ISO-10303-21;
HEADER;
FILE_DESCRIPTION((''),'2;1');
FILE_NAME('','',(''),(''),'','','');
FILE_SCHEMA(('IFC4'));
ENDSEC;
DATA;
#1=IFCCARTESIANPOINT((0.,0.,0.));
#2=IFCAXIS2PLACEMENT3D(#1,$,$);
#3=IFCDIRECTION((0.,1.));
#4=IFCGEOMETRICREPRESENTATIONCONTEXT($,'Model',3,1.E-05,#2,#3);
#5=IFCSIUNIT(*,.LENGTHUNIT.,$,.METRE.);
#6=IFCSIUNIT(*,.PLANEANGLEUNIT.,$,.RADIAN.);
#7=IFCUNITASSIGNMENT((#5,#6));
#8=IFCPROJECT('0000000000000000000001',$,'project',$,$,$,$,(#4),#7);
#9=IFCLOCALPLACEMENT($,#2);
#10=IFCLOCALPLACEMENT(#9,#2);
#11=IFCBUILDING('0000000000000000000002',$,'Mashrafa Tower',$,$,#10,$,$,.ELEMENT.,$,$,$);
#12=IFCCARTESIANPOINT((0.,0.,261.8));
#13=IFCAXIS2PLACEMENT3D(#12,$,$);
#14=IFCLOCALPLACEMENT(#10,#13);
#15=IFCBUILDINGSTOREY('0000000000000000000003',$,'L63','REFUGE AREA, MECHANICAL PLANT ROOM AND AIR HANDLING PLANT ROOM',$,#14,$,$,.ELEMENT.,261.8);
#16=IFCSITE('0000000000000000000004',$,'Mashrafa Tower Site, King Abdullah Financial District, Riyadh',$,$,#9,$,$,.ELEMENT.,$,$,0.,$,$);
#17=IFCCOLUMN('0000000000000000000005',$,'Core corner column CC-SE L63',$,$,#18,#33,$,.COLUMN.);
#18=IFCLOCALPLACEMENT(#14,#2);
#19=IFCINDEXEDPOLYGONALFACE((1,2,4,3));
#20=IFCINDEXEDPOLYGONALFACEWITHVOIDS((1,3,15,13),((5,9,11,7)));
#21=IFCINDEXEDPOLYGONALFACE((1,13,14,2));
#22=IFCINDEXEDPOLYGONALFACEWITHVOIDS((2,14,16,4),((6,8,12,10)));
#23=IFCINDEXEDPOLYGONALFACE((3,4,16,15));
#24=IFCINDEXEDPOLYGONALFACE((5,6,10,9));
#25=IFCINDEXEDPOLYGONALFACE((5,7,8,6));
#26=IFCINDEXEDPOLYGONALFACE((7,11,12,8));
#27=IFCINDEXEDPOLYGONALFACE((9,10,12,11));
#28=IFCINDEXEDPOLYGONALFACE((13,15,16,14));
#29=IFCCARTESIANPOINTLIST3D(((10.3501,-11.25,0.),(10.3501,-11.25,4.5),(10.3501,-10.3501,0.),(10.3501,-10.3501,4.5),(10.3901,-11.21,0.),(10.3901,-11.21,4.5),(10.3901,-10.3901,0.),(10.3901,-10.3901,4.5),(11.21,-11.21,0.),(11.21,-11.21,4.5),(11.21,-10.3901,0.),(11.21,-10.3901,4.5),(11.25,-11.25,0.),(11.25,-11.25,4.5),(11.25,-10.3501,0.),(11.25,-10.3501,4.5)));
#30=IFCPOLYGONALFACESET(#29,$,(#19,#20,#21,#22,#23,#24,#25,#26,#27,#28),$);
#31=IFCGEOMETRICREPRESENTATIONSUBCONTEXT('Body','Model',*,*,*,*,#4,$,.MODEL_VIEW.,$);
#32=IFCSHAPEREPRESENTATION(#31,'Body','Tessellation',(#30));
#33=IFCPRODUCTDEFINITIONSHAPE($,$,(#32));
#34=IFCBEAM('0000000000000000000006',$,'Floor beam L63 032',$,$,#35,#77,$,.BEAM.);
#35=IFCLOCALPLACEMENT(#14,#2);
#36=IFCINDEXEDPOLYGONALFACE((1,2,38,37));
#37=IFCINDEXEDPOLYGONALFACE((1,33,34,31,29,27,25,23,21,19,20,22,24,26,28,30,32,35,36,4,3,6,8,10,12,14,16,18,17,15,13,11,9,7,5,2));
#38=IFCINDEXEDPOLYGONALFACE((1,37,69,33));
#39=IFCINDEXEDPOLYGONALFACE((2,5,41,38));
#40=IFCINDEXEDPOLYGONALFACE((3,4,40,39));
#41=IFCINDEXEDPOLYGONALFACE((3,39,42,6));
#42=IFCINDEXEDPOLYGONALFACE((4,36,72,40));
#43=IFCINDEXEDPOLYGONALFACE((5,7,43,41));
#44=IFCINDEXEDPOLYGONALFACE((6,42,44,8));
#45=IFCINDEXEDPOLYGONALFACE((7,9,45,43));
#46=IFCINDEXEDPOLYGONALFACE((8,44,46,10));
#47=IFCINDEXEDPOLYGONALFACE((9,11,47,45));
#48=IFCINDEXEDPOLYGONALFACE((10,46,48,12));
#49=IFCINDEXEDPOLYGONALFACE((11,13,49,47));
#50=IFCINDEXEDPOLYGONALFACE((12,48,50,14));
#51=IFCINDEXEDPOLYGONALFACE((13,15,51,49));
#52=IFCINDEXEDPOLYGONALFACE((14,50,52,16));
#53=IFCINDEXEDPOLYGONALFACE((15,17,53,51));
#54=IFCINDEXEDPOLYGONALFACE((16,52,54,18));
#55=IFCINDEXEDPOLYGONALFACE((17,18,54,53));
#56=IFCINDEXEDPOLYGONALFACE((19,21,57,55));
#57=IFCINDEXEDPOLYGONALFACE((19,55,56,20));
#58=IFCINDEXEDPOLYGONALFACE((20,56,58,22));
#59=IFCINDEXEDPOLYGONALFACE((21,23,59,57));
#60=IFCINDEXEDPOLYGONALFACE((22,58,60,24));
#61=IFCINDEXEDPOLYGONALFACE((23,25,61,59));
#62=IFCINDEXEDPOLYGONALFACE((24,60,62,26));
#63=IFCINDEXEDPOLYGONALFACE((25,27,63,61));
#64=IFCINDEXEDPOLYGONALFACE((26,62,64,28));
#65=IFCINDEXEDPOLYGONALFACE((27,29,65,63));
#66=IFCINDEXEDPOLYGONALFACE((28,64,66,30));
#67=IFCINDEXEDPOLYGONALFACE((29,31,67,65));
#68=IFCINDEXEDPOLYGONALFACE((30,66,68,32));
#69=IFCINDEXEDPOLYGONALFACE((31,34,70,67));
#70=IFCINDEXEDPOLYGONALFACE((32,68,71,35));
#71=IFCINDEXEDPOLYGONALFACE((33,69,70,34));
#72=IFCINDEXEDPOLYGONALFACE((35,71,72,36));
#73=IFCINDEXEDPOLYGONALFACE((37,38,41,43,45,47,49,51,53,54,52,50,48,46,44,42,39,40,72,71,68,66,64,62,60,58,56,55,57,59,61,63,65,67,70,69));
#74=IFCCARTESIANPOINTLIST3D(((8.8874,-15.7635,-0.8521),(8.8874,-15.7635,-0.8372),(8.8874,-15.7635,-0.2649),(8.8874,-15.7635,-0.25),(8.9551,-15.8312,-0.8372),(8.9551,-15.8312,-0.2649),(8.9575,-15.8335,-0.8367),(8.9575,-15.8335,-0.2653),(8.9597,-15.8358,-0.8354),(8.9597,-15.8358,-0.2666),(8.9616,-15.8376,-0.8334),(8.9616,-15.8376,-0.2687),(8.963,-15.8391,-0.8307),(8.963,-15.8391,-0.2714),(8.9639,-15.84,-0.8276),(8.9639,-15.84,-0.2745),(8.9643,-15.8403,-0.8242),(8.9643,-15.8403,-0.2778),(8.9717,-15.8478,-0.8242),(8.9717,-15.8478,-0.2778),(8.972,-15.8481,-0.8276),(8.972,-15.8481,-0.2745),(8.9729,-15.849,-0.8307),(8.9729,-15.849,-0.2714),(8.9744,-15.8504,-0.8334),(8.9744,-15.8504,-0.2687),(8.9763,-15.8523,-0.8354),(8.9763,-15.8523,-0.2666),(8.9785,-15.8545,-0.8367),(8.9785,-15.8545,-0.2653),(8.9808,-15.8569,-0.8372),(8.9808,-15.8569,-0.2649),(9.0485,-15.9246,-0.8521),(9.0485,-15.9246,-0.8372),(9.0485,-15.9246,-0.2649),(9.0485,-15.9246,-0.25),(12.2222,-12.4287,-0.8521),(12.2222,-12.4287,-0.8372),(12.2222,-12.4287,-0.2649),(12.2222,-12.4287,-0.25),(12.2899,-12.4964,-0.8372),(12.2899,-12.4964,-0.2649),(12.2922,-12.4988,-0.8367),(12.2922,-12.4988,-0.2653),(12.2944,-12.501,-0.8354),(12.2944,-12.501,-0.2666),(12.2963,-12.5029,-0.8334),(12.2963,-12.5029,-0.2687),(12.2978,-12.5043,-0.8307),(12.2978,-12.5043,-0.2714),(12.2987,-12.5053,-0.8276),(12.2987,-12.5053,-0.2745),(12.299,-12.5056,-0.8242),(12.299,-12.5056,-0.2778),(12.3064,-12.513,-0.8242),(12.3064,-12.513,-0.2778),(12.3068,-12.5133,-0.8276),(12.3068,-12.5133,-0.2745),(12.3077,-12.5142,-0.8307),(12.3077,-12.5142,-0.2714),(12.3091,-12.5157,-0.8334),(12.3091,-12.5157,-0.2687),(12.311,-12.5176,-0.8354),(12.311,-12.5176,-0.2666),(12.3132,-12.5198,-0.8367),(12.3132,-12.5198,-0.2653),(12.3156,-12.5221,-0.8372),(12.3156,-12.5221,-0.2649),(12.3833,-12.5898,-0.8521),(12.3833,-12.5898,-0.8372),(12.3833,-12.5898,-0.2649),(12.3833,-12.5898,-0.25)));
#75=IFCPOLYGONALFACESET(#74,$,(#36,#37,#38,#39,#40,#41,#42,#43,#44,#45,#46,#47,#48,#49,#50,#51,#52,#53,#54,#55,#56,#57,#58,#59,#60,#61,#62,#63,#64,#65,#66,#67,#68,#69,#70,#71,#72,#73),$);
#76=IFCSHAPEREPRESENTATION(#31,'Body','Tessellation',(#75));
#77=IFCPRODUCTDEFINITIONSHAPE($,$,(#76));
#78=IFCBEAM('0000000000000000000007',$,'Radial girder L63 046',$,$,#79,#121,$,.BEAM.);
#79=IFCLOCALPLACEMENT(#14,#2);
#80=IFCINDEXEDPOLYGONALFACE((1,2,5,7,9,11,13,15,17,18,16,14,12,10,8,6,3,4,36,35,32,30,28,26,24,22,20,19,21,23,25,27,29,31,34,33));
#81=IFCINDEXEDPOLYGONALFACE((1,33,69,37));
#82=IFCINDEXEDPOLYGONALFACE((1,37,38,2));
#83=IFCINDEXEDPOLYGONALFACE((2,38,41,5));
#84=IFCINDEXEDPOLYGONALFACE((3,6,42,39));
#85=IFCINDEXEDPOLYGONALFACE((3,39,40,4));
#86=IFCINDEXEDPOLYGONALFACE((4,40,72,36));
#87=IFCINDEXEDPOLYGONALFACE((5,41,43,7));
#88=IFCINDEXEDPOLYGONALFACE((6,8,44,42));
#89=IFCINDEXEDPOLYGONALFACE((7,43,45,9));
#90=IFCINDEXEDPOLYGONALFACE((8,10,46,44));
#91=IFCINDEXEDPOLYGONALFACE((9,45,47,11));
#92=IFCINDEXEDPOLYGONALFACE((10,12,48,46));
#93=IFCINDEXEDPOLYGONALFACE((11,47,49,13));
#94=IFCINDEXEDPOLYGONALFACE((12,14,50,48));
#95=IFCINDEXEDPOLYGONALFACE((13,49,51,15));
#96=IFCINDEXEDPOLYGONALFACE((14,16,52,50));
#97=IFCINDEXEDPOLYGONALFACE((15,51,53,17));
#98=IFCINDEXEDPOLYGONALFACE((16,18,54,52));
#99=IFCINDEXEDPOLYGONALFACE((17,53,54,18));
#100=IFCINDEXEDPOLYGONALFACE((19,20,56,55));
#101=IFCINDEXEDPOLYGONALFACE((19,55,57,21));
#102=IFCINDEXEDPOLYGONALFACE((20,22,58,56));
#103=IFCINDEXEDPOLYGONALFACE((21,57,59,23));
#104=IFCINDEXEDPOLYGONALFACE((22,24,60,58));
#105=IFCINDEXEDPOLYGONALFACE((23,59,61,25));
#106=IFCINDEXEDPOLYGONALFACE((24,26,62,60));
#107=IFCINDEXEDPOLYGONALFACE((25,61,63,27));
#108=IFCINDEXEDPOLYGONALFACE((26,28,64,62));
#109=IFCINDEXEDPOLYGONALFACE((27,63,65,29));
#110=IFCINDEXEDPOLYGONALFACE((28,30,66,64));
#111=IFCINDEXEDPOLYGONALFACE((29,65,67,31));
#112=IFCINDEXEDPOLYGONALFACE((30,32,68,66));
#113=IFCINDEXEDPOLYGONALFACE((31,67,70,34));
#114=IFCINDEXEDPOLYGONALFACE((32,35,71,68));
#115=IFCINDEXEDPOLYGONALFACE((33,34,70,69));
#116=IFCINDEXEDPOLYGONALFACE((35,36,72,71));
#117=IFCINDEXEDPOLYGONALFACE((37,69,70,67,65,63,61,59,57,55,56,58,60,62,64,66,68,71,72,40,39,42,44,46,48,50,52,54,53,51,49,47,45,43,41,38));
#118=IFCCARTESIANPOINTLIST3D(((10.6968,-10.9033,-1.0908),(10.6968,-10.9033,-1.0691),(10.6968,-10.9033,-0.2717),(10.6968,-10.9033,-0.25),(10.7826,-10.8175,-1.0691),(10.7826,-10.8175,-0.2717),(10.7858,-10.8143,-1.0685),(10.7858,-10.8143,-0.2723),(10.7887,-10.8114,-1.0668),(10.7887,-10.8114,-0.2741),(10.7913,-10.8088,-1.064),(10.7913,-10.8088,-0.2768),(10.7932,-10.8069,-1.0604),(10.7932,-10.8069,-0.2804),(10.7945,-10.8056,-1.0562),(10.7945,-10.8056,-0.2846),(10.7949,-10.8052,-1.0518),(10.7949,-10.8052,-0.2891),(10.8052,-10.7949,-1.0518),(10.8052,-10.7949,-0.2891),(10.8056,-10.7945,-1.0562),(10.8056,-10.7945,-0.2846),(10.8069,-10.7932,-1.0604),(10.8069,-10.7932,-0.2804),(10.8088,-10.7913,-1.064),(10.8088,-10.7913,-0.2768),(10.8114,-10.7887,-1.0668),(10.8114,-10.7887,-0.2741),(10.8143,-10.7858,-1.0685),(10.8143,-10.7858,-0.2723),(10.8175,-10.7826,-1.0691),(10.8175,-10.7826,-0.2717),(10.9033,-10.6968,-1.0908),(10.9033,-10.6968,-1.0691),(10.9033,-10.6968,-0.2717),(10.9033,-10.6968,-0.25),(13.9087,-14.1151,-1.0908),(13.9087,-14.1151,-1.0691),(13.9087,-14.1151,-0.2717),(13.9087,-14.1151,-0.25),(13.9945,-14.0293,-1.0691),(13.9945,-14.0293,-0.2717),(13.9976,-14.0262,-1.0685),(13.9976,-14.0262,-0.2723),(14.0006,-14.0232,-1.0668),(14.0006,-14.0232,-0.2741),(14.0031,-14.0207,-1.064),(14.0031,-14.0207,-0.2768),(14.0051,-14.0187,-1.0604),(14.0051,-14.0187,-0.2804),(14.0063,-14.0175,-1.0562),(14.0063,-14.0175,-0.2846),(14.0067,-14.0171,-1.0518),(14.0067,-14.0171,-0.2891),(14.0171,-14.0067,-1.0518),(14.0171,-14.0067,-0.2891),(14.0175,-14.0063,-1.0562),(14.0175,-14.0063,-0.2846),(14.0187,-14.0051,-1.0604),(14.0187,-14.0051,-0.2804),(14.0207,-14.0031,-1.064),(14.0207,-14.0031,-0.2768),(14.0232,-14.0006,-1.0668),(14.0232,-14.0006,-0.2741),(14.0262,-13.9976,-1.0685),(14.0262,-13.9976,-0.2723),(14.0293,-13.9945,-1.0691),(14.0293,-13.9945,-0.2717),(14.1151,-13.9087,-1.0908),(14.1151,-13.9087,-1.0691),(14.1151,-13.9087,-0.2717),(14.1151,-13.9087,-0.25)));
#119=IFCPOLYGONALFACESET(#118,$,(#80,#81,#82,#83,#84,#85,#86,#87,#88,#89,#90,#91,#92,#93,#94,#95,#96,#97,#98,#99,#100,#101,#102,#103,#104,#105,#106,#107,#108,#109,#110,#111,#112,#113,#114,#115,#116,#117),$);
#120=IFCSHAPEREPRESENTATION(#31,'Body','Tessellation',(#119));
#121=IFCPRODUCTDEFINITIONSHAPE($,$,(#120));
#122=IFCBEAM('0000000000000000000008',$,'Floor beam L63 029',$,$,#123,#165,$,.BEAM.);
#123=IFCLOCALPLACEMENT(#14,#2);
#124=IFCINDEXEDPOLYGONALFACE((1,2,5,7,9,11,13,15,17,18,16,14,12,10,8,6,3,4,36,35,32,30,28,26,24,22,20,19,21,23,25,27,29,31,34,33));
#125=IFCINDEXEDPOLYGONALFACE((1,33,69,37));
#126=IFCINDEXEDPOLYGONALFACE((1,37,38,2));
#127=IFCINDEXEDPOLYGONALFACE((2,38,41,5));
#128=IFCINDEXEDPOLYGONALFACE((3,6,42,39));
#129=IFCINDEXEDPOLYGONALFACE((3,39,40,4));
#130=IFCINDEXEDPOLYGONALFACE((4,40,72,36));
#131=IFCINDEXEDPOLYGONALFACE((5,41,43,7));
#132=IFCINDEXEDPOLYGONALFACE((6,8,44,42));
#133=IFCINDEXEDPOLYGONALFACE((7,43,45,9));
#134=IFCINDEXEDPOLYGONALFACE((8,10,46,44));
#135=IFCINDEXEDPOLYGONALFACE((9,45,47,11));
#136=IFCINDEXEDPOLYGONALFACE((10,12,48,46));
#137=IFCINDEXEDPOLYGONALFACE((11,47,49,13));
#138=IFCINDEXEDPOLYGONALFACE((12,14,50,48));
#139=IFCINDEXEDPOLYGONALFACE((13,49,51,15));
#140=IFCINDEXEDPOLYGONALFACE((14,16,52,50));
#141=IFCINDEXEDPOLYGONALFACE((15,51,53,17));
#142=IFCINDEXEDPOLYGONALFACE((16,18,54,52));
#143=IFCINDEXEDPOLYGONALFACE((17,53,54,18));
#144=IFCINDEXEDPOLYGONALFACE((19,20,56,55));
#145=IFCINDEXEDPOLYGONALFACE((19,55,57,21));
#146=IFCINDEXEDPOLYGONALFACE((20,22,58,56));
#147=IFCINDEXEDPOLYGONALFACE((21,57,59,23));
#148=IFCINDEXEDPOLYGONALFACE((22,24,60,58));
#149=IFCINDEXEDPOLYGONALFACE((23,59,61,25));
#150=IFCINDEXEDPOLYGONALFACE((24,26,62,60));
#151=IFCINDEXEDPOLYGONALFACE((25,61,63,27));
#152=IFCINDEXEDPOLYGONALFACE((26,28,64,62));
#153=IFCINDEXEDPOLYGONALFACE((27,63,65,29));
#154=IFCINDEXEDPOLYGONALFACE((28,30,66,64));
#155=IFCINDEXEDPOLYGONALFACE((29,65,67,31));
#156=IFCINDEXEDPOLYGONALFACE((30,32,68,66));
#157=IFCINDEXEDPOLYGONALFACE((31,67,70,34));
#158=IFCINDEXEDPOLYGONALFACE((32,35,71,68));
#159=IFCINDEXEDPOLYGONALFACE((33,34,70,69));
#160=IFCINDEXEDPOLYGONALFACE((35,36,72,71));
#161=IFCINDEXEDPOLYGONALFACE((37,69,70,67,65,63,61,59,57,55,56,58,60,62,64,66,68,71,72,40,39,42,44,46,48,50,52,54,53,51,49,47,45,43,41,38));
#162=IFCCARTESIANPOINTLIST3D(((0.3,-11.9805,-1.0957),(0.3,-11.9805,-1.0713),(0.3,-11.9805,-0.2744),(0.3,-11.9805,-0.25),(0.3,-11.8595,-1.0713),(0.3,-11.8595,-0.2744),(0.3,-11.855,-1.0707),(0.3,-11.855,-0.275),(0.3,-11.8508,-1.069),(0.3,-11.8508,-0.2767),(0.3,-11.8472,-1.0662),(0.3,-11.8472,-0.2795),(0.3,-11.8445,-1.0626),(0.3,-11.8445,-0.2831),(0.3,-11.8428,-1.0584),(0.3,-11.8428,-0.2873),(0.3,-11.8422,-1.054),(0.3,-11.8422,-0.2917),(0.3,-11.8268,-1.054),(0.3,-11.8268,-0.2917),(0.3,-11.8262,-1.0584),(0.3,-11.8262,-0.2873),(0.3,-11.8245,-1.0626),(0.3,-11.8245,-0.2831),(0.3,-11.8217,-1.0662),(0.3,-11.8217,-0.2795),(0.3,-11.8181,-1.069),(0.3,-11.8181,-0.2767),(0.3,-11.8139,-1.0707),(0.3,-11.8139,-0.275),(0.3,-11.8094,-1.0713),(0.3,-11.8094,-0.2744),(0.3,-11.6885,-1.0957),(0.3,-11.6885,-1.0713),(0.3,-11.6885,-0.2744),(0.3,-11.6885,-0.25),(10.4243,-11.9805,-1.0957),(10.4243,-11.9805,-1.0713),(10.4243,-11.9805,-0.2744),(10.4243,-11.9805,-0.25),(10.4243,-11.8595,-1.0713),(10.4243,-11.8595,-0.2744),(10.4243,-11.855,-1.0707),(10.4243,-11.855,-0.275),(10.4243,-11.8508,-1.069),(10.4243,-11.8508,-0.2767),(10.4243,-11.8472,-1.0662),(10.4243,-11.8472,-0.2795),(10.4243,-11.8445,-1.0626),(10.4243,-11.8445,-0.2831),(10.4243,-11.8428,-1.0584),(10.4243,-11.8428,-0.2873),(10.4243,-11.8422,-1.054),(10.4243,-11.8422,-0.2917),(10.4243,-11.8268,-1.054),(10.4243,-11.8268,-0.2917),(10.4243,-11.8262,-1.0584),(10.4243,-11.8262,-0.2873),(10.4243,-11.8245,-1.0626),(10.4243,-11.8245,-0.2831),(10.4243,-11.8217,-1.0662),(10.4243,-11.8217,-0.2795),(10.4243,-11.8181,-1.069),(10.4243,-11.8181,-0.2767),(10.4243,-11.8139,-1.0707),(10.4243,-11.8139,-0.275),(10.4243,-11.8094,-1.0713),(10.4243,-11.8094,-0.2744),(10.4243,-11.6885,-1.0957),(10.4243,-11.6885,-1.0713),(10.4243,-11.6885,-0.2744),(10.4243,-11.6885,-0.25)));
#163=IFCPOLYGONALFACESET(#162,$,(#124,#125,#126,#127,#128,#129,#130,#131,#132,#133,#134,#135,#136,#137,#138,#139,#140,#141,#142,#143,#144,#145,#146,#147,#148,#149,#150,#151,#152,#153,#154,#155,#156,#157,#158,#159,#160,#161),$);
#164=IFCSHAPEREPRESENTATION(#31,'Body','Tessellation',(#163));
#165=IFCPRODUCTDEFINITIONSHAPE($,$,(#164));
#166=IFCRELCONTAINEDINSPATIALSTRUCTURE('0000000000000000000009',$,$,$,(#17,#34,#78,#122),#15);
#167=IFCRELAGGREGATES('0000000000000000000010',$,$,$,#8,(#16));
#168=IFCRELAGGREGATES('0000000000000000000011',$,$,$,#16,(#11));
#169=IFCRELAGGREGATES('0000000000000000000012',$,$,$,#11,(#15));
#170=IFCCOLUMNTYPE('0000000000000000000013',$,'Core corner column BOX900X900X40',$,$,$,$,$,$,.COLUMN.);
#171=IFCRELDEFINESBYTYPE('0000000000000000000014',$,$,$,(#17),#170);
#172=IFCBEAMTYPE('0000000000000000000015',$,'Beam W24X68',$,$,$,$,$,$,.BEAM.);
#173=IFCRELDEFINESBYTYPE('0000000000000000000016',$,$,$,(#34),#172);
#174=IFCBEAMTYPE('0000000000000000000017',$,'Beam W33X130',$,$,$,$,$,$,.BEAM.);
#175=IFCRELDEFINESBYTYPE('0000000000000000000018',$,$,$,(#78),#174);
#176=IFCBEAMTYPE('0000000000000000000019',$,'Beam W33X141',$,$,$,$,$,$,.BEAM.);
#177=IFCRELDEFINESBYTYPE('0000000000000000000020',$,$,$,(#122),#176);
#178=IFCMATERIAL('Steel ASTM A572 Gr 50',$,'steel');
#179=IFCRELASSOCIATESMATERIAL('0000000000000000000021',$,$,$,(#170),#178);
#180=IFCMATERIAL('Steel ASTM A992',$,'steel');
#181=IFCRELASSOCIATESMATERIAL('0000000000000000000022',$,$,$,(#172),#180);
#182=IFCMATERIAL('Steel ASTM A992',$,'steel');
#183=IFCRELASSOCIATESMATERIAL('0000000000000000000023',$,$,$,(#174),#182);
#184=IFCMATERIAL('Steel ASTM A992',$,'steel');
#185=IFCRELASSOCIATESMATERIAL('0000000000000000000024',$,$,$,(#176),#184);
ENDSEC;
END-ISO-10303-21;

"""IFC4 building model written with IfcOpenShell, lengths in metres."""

from ifc_helpers import new_model, si_unit, direction, frame, origin, origin_2d, place, context, subcontext, project, spatial, hollow_rectangle, i_section, extrude, material, material_profile, profile_set, type_object, element, save


model = new_model("IFC4")

# Units and contexts
model_context = context("Model", 3, precision=1e-05, world=origin(), true_north=direction((0.0, 1.0)))
body_context = subcontext(model_context, "Body", "Model", "MODEL_VIEW")
ifc_project = project(units=[si_unit("LENGTHUNIT", "METRE"), si_unit("PLANEANGLEUNIT", "RADIAN")], contexts=[model_context])

# Site, building, storey
site_placement = place(None, origin())
site = spatial("IfcSite", under=ifc_project, at=site_placement, Name="Mashrafa Tower Site, King Abdullah Financial District, Riyadh", CompositionType="ELEMENT", RefElevation=0.0)
building_placement = place(site_placement, origin())
building = spatial("IfcBuilding", under=site, at=building_placement, Name="Mashrafa Tower", CompositionType="ELEMENT")
storey_placement = place(building_placement, frame((0.0, 0.0, 261.8)))
storey = spatial("IfcBuildingStorey", under=building, at=storey_placement, Name="L63", Description="REFUGE AREA, MECHANICAL PLANT ROOM AND AIR HANDLING PLANT ROOM", CompositionType="ELEMENT", Elevation=261.8)

# Column
ifc_material_1 = material(Name="Steel ASTM A572 Gr 50", Category="steel")
ifc_material_profile_1 = material_profile(ifc_material_1, hollow_rectangle(XDim=0.8999, YDim=0.8999, WallThickness=0.04, at=origin_2d()), Name="BOX900X900X40")
ifc_profile_set_1 = profile_set([ifc_material_profile_1], Name="Steel ASTM A572 Gr 50")
column_type = type_object("IfcColumnType", Name="Core corner column BOX900X900X40", PredefinedType="COLUMN", material=ifc_profile_set_1)
column_placement = place(storey_placement, frame((10.8, -10.8, 0.0), z_axis=(0.0, 0.0, 1.0), x_axis=(1.0, 0.0, 0.0)))
element("IfcColumn", 1, at=column_placement, inside=storey, type_object=column_type, Name="Core corner column CC-SE L63", PredefinedType="COLUMN", context=body_context, shape_type="SweptSolid", body=[
    extrude(hollow_rectangle(XDim=0.8999, YDim=0.8999, WallThickness=0.04, at=origin_2d()), origin(), (0.0, 0.0, 1.0), 4.5),
])

# Beams
ifc_material_2 = material(Name="Steel ASTM A992", Category="steel")
ifc_material_profile_2 = material_profile(ifc_material_2, i_section(OverallWidth=0.2278, OverallDepth=0.6021, WebThickness=0.0105, FlangeThickness=0.0149, FilletRadius=0.0129, at=origin_2d()), Name="W24X68")
ifc_profile_set_2 = profile_set([ifc_material_profile_2], Name="Steel ASTM A992")
beam_type_1 = type_object("IfcBeamType", Name="Beam W24X68", PredefinedType="BEAM", material=ifc_profile_set_2)
beam_1_placement = place(storey_placement, frame((12.3027, -12.5093, -0.551), z_axis=(-0.707107, -0.707107, 0.0), x_axis=(0.707107, -0.707107, 0.0)))
element("IfcBeam", 2, at=beam_1_placement, inside=storey, type_object=beam_type_1, Name="Floor beam L63 032", PredefinedType="BEAM", context=body_context, shape_type="SweptSolid", body=[
    extrude(i_section(OverallWidth=0.2278, OverallDepth=0.6021, WebThickness=0.0105, FlangeThickness=0.0149, FilletRadius=0.0129, at=origin_2d()), origin(), (0.0, 0.0, 1.0), 4.7161),
])
ifc_material_3 = material(Name="Steel ASTM A992", Category="steel")
ifc_material_profile_3 = material_profile(ifc_material_3, i_section(OverallWidth=0.292, OverallDepth=0.8408, WebThickness=0.0146, FlangeThickness=0.0217, FilletRadius=0.0173, at=origin_2d()), Name="W33X130")
ifc_profile_set_3 = profile_set([ifc_material_profile_3], Name="Steel ASTM A992")
beam_type_2 = type_object("IfcBeamType", Name="Beam W33X130", PredefinedType="BEAM", material=ifc_profile_set_3)
beam_2_placement = place(storey_placement, frame((10.8, -10.8, -0.6704), z_axis=(0.707107, -0.707107, 0.0), x_axis=(0.707107, 0.707107, 0.0)))
element("IfcBeam", 3, at=beam_2_placement, inside=storey, type_object=beam_type_2, Name="Radial girder L63 046", PredefinedType="BEAM", context=body_context, shape_type="SweptSolid", body=[
    extrude(i_section(OverallWidth=0.292, OverallDepth=0.8408, WebThickness=0.0146, FlangeThickness=0.0217, FilletRadius=0.0173, at=origin_2d()), origin(), (0.0, 0.0, 1.0), 4.5422),
])
ifc_material_4 = material(Name="Steel ASTM A992", Category="steel")
ifc_material_profile_4 = material_profile(ifc_material_4, i_section(OverallWidth=0.292, OverallDepth=0.8457, WebThickness=0.0154, FlangeThickness=0.0244, FilletRadius=0.0173, at=origin_2d()), Name="W33X141")
ifc_profile_set_4 = profile_set([ifc_material_profile_4], Name="Steel ASTM A992")
beam_type_3 = type_object("IfcBeamType", Name="Beam W33X141", PredefinedType="BEAM", material=ifc_profile_set_4)
beam_3_placement = place(storey_placement, frame((10.4243, -11.8345, -0.6729), z_axis=(-1.0, 0.0, 0.0), x_axis=(0.0, -1.0, 0.0)))
element("IfcBeam", 4, at=beam_3_placement, inside=storey, type_object=beam_type_3, Name="Floor beam L63 029", PredefinedType="BEAM", context=body_context, shape_type="SweptSolid", body=[
    extrude(i_section(OverallWidth=0.292, OverallDepth=0.8457, WebThickness=0.0154, FlangeThickness=0.0244, FilletRadius=0.0173, at=origin_2d()), origin(), (0.0, 0.0, 1.0), 10.1243),
])

save(model, "model.ifc")
